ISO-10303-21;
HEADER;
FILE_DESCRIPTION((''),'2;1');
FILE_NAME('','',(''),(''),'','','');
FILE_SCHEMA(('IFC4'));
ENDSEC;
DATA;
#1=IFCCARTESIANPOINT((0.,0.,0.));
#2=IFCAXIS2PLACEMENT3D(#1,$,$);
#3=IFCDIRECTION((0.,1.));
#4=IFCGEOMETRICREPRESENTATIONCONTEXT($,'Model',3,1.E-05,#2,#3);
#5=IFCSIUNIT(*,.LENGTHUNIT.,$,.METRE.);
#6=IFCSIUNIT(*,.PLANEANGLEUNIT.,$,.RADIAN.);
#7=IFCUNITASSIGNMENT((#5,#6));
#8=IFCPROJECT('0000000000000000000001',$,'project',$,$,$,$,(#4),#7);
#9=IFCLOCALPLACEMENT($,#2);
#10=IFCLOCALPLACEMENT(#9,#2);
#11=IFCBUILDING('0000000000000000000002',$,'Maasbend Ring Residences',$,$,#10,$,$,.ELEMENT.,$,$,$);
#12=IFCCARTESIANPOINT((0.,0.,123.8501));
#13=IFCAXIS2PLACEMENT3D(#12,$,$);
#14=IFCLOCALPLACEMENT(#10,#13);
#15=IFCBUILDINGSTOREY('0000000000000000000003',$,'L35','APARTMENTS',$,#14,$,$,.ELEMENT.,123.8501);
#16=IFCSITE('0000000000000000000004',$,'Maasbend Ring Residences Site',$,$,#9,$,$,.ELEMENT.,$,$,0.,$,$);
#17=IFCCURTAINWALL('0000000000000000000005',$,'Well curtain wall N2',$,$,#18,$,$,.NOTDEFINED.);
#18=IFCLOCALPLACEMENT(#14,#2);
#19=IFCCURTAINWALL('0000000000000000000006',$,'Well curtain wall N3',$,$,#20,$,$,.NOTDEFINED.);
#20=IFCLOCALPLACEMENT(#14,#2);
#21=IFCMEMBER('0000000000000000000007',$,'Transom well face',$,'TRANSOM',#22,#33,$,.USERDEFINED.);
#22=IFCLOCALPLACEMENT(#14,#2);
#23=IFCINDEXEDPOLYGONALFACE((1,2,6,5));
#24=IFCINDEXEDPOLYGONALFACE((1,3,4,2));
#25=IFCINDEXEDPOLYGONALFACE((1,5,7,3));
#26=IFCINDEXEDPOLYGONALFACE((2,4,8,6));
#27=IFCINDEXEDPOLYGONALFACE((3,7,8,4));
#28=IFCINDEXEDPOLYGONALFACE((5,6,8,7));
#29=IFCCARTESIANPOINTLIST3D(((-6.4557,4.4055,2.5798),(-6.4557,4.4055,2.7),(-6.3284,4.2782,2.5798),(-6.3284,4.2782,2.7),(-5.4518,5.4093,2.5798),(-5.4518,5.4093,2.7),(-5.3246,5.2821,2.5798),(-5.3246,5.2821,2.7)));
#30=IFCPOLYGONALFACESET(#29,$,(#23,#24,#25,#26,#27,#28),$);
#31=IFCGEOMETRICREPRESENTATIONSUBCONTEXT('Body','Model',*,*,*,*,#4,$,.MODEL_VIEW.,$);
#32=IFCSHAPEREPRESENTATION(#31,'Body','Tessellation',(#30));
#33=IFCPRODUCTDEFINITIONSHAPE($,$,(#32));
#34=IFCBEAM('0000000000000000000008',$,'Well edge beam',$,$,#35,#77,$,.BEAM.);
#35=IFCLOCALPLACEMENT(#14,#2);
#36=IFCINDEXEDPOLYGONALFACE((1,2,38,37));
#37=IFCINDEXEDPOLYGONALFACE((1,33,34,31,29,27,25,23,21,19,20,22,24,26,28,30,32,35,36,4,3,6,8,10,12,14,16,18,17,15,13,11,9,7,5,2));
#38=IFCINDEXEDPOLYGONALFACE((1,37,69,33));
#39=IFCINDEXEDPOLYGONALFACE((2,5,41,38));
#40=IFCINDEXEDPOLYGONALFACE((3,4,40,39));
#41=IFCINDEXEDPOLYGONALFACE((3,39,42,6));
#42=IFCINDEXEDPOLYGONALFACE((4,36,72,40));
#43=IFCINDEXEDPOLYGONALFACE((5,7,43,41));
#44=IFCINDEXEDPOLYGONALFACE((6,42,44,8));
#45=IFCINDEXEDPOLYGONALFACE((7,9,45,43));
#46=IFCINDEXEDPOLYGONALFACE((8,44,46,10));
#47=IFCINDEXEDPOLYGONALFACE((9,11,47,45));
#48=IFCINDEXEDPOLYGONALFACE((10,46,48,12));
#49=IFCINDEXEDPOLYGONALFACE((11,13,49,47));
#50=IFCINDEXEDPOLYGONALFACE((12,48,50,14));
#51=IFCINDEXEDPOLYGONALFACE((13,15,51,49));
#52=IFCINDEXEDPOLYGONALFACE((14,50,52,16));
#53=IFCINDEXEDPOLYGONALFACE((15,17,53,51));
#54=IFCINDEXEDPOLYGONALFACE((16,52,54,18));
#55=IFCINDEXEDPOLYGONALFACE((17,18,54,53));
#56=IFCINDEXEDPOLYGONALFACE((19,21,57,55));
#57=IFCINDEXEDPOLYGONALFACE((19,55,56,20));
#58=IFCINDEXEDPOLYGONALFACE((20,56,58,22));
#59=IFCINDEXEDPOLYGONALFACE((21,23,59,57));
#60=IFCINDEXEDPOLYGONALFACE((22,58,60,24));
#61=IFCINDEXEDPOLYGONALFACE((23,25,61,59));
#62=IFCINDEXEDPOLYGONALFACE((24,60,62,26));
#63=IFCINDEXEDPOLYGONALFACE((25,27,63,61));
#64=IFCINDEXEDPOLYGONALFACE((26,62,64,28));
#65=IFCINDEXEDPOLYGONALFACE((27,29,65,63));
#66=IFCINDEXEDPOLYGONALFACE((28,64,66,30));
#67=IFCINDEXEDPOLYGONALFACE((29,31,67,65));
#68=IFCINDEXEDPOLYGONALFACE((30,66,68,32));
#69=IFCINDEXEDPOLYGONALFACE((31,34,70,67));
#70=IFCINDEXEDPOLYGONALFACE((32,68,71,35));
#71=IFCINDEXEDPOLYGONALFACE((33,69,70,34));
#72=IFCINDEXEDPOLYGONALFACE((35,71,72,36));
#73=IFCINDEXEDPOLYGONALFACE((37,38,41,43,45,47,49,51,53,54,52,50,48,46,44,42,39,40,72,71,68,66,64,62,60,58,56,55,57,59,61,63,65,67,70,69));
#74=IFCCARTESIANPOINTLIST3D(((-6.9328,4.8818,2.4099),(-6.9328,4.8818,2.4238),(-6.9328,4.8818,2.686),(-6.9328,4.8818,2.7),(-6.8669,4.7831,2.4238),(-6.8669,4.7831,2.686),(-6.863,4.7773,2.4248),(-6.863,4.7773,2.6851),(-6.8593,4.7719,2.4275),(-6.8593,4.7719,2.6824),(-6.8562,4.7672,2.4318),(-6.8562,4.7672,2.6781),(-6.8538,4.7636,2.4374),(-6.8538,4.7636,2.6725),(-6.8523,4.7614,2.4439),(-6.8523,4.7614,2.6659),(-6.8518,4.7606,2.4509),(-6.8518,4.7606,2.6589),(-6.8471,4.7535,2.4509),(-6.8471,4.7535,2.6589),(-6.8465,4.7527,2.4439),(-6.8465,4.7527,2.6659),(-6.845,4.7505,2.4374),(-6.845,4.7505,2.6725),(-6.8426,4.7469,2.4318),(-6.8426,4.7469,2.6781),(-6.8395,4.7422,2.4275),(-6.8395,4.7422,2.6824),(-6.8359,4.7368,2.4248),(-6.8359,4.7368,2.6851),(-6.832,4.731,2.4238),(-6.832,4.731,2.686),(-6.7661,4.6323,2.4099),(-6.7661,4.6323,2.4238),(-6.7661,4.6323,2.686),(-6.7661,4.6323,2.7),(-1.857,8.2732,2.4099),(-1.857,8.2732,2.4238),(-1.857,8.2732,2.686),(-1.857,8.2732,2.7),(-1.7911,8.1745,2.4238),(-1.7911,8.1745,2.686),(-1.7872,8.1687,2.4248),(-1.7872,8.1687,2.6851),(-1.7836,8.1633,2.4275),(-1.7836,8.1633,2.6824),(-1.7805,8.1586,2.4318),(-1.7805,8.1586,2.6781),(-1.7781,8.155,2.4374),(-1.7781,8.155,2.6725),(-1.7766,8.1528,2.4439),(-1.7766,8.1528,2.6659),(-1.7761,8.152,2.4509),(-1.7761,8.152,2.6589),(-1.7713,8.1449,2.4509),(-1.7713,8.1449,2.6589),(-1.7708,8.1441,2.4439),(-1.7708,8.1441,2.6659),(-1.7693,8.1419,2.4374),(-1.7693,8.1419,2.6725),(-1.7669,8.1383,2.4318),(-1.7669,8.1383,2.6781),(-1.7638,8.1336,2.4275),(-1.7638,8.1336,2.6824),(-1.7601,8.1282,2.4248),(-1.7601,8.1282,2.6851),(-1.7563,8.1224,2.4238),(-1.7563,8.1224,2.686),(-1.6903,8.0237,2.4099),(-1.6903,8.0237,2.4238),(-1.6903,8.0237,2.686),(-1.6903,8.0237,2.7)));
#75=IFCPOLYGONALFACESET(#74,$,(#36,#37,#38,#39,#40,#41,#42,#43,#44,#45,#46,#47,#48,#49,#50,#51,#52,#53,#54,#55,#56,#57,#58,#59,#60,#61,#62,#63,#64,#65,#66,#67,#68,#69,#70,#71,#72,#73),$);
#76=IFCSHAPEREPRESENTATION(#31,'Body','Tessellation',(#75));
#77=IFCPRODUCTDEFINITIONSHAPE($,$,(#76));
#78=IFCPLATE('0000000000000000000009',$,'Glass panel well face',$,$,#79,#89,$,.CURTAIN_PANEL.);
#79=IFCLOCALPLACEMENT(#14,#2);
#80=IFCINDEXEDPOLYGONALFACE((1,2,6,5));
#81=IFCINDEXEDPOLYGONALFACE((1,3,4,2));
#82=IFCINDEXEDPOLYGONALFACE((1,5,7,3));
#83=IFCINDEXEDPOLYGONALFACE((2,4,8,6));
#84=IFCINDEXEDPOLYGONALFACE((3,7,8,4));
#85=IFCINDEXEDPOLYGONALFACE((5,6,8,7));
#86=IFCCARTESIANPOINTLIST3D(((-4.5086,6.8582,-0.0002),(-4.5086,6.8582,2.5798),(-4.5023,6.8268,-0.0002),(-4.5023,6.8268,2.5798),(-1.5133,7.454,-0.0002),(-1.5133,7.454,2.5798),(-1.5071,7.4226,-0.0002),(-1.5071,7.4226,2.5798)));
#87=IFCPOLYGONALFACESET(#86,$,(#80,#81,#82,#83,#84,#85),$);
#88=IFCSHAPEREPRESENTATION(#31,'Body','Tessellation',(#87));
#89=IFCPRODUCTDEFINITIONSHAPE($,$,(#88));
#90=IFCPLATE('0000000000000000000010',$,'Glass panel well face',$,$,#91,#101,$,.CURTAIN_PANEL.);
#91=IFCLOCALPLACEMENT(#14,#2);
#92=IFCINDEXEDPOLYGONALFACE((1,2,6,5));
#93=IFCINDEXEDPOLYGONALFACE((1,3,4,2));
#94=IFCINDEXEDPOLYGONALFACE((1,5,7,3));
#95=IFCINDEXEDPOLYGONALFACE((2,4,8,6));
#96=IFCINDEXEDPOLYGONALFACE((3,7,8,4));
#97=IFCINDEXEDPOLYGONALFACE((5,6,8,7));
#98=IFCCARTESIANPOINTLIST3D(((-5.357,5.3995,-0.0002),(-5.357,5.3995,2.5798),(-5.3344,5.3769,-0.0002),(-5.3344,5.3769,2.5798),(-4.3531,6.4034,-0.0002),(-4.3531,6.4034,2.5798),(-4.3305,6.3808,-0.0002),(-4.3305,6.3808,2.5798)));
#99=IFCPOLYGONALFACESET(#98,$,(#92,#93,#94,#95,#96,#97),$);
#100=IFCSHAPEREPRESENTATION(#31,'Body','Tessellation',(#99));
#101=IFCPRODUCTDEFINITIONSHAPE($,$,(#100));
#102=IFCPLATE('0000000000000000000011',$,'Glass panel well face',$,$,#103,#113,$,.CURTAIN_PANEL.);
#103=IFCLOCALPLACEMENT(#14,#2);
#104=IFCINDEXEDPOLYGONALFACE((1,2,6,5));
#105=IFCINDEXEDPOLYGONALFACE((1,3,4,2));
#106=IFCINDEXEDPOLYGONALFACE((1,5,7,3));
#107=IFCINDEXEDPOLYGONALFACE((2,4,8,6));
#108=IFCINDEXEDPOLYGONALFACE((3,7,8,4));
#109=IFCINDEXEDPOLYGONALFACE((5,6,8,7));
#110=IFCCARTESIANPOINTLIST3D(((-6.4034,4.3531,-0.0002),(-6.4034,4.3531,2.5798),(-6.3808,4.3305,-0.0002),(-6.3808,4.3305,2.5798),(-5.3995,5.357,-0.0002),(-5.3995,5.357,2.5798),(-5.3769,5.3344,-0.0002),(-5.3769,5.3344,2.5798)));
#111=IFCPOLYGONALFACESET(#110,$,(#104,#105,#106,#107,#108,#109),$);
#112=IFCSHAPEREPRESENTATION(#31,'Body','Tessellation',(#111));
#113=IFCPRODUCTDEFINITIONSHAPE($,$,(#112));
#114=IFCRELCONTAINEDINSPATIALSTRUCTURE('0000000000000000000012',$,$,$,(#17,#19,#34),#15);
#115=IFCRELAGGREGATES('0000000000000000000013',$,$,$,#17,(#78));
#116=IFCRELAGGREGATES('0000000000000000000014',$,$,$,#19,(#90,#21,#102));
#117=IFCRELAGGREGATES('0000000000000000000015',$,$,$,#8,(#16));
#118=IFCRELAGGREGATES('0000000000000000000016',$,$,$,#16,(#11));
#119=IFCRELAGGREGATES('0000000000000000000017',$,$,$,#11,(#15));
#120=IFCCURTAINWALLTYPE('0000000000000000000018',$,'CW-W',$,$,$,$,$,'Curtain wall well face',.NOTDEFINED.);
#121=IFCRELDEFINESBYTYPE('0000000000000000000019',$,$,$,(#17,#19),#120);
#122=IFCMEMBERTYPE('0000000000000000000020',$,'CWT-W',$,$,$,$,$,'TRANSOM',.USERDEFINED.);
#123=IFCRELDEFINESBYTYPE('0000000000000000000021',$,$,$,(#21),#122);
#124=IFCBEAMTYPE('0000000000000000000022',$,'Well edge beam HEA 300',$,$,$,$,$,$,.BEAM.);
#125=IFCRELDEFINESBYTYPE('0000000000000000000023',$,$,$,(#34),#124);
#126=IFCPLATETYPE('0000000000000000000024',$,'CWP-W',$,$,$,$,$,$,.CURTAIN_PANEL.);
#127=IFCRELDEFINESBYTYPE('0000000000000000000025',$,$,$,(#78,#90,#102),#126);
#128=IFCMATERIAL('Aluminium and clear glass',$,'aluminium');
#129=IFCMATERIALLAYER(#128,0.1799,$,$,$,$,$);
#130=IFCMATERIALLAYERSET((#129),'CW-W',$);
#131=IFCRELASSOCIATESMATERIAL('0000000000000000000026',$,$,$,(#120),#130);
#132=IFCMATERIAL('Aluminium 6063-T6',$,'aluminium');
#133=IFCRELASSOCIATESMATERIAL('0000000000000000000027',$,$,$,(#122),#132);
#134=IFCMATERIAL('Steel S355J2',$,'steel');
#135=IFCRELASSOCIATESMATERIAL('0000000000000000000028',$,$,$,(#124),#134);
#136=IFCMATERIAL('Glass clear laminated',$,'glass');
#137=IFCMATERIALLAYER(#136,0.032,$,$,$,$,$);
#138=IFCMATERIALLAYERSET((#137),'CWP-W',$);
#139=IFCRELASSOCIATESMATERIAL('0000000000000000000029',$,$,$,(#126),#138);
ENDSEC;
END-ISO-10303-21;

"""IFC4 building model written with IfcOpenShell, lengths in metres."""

from ifc_helpers import new_model, si_unit, direction, frame, origin, origin_2d, place, context, subcontext, project, spatial, rectangle, i_section, extrude, material, layer, layer_set, material_profile, profile_set, type_object, element, aggregate, save


model = new_model("IFC4")

# Units and contexts
model_context = context("Model", 3, precision=1e-05, world=origin(), true_north=direction((0.0, 1.0)))
body_context = subcontext(model_context, "Body", "Model", "MODEL_VIEW")
ifc_project = project(units=[si_unit("LENGTHUNIT", "METRE"), si_unit("PLANEANGLEUNIT", "RADIAN")], contexts=[model_context])

# Site, building, storey
site_placement = place(None, origin())
site = spatial("IfcSite", under=ifc_project, at=site_placement, Name="Maasbend Ring Residences Site", CompositionType="ELEMENT", RefElevation=0.0)
building_placement = place(site_placement, origin())
building = spatial("IfcBuilding", under=site, at=building_placement, Name="Maasbend Ring Residences", CompositionType="ELEMENT")
storey_placement = place(building_placement, frame((0.0, 0.0, 123.8501)))
storey = spatial("IfcBuildingStorey", under=building, at=storey_placement, Name="L35", Description="APARTMENTS", CompositionType="ELEMENT", Elevation=123.8501)

# Curtain walls
ifc_material_1 = material(Name="Aluminium and clear glass", Category="aluminium")
ifc_layer_1 = layer(ifc_material_1, 0.1799)
ifc_layer_set_1 = layer_set([ifc_layer_1], Name="CW-W")
curtain_wall_type = type_object("IfcCurtainWallType", Name="CW-W", ElementType="Curtain wall well face", PredefinedType="NOTDEFINED", material=ifc_layer_set_1)
curtain_wall_1_placement = place(storey_placement, origin())
curtain_wall_1 = element("IfcCurtainWall", 1, at=curtain_wall_1_placement, inside=storey, type_object=curtain_wall_type, Name="Well curtain wall N2", PredefinedType="NOTDEFINED")
curtain_wall_2_placement = place(storey_placement, origin())
curtain_wall_2 = element("IfcCurtainWall", 2, at=curtain_wall_2_placement, inside=storey, type_object=curtain_wall_type, Name="Well curtain wall N3", PredefinedType="NOTDEFINED")

# Member
ifc_material_2 = material(Name="Aluminium 6063-T6", Category="aluminium")
ifc_material_profile_1 = material_profile(ifc_material_2, rectangle(XDim=0.1799, YDim=0.1201, at=origin_2d()), Name="AL 180x120")
ifc_profile_set_1 = profile_set([ifc_material_profile_1], Name="Aluminium 6063-T6")
member_type_1 = type_object("IfcMemberType", Name="CWT-W", ElementType="TRANSOM", PredefinedType="USERDEFINED", material=ifc_profile_set_1)
member_1_placement = place(storey_placement, frame((-5.3882, 5.3457, 2.6399), z_axis=(-0.707107, -0.707107, 0.0), x_axis=(0.707107, -0.707107, 0.0)))
member_1 = element("IfcMember", 3, at=member_1_placement, type_object=member_type_1, Name="Transom well face", ObjectType="TRANSOM", PredefinedType="USERDEFINED", context=body_context, shape_type="SweptSolid", body=[
    extrude(rectangle(XDim=0.1799, YDim=0.1201, at=origin_2d()), origin(), (0.0, 0.0, 1.0), 1.4197),
])

# Beam
ifc_material_3 = material(Name="Steel S355J2", Category="steel")
ifc_material_profile_2 = material_profile(ifc_material_3, i_section(OverallWidth=0.3, OverallDepth=0.29, WebThickness=0.0085, FlangeThickness=0.0139, FilletRadius=0.0271, at=origin_2d()), Name="HEA 300")
ifc_profile_set_2 = profile_set([ifc_material_profile_2], Name="Steel S355J2")
beam_type = type_object("IfcBeamType", Name="Well edge beam HEA 300", PredefinedType="BEAM", material=ifc_profile_set_2)
beam_placement = place(storey_placement, frame((-1.7737, 8.1484, 2.5549), z_axis=(-0.831478, -0.555558, 0.0), x_axis=(0.555558, -0.831478, 0.0)))
element("IfcBeam", 4, at=beam_placement, inside=storey, type_object=beam_type, Name="Well edge beam", PredefinedType="BEAM", context=body_context, shape_type="SweptSolid", body=[
    extrude(i_section(OverallWidth=0.3, OverallDepth=0.29, WebThickness=0.0085, FlangeThickness=0.0139, FilletRadius=0.0271, at=origin_2d()), origin(), (0.0, 0.0, 1.0), 6.1045),
])

# Plates
ifc_material_4 = material(Name="Glass clear laminated", Category="glass")
ifc_layer_2 = layer(ifc_material_4, 0.032)
ifc_layer_set_2 = layer_set([ifc_layer_2], Name="CWP-W")
plate_type = type_object("IfcPlateType", Name="CWP-W", PredefinedType="CURTAIN_PANEL", material=ifc_layer_set_2)
plate_1_placement = place(storey_placement, frame((-3.0078, 7.1404, -0.0002), z_axis=(0.0, 0.0, 1.0), x_axis=(-0.980785, -0.19509, 0.0)))
plate_1 = element("IfcPlate", 5, at=plate_1_placement, type_object=plate_type, Name="Glass panel well face", PredefinedType="CURTAIN_PANEL", context=body_context, shape_type="SweptSolid", body=[
    extrude(rectangle(XDim=3.054, YDim=0.032, at=origin_2d()), origin(), (0.0, 0.0, 1.0), 2.5801),
])
aggregate(curtain_wall_1, [plate_1])
plate_2_placement = place(storey_placement, frame((-4.8438, 5.8901, -0.0002), z_axis=(0.0, 0.0, 1.0), x_axis=(-0.707107, -0.707107, 0.0)))
plate_2 = element("IfcPlate", 6, at=plate_2_placement, type_object=plate_type, Name="Glass panel well face", PredefinedType="CURTAIN_PANEL", context=body_context, shape_type="SweptSolid", body=[
    extrude(rectangle(XDim=1.4197, YDim=0.032, at=origin_2d()), origin(), (0.0, 0.0, 1.0), 2.5801),
])
plate_3_placement = place(storey_placement, frame((-5.8901, 4.8438, -0.0002), z_axis=(0.0, 0.0, 1.0), x_axis=(-0.707107, -0.707107, 0.0)))
plate_3 = element("IfcPlate", 7, at=plate_3_placement, type_object=plate_type, Name="Glass panel well face", PredefinedType="CURTAIN_PANEL", context=body_context, shape_type="SweptSolid", body=[
    extrude(rectangle(XDim=1.4197, YDim=0.032, at=origin_2d()), origin(), (0.0, 0.0, 1.0), 2.5801),
])
aggregate(curtain_wall_2, [plate_2, member_1, plate_3])

save(model, "model.ifc")
